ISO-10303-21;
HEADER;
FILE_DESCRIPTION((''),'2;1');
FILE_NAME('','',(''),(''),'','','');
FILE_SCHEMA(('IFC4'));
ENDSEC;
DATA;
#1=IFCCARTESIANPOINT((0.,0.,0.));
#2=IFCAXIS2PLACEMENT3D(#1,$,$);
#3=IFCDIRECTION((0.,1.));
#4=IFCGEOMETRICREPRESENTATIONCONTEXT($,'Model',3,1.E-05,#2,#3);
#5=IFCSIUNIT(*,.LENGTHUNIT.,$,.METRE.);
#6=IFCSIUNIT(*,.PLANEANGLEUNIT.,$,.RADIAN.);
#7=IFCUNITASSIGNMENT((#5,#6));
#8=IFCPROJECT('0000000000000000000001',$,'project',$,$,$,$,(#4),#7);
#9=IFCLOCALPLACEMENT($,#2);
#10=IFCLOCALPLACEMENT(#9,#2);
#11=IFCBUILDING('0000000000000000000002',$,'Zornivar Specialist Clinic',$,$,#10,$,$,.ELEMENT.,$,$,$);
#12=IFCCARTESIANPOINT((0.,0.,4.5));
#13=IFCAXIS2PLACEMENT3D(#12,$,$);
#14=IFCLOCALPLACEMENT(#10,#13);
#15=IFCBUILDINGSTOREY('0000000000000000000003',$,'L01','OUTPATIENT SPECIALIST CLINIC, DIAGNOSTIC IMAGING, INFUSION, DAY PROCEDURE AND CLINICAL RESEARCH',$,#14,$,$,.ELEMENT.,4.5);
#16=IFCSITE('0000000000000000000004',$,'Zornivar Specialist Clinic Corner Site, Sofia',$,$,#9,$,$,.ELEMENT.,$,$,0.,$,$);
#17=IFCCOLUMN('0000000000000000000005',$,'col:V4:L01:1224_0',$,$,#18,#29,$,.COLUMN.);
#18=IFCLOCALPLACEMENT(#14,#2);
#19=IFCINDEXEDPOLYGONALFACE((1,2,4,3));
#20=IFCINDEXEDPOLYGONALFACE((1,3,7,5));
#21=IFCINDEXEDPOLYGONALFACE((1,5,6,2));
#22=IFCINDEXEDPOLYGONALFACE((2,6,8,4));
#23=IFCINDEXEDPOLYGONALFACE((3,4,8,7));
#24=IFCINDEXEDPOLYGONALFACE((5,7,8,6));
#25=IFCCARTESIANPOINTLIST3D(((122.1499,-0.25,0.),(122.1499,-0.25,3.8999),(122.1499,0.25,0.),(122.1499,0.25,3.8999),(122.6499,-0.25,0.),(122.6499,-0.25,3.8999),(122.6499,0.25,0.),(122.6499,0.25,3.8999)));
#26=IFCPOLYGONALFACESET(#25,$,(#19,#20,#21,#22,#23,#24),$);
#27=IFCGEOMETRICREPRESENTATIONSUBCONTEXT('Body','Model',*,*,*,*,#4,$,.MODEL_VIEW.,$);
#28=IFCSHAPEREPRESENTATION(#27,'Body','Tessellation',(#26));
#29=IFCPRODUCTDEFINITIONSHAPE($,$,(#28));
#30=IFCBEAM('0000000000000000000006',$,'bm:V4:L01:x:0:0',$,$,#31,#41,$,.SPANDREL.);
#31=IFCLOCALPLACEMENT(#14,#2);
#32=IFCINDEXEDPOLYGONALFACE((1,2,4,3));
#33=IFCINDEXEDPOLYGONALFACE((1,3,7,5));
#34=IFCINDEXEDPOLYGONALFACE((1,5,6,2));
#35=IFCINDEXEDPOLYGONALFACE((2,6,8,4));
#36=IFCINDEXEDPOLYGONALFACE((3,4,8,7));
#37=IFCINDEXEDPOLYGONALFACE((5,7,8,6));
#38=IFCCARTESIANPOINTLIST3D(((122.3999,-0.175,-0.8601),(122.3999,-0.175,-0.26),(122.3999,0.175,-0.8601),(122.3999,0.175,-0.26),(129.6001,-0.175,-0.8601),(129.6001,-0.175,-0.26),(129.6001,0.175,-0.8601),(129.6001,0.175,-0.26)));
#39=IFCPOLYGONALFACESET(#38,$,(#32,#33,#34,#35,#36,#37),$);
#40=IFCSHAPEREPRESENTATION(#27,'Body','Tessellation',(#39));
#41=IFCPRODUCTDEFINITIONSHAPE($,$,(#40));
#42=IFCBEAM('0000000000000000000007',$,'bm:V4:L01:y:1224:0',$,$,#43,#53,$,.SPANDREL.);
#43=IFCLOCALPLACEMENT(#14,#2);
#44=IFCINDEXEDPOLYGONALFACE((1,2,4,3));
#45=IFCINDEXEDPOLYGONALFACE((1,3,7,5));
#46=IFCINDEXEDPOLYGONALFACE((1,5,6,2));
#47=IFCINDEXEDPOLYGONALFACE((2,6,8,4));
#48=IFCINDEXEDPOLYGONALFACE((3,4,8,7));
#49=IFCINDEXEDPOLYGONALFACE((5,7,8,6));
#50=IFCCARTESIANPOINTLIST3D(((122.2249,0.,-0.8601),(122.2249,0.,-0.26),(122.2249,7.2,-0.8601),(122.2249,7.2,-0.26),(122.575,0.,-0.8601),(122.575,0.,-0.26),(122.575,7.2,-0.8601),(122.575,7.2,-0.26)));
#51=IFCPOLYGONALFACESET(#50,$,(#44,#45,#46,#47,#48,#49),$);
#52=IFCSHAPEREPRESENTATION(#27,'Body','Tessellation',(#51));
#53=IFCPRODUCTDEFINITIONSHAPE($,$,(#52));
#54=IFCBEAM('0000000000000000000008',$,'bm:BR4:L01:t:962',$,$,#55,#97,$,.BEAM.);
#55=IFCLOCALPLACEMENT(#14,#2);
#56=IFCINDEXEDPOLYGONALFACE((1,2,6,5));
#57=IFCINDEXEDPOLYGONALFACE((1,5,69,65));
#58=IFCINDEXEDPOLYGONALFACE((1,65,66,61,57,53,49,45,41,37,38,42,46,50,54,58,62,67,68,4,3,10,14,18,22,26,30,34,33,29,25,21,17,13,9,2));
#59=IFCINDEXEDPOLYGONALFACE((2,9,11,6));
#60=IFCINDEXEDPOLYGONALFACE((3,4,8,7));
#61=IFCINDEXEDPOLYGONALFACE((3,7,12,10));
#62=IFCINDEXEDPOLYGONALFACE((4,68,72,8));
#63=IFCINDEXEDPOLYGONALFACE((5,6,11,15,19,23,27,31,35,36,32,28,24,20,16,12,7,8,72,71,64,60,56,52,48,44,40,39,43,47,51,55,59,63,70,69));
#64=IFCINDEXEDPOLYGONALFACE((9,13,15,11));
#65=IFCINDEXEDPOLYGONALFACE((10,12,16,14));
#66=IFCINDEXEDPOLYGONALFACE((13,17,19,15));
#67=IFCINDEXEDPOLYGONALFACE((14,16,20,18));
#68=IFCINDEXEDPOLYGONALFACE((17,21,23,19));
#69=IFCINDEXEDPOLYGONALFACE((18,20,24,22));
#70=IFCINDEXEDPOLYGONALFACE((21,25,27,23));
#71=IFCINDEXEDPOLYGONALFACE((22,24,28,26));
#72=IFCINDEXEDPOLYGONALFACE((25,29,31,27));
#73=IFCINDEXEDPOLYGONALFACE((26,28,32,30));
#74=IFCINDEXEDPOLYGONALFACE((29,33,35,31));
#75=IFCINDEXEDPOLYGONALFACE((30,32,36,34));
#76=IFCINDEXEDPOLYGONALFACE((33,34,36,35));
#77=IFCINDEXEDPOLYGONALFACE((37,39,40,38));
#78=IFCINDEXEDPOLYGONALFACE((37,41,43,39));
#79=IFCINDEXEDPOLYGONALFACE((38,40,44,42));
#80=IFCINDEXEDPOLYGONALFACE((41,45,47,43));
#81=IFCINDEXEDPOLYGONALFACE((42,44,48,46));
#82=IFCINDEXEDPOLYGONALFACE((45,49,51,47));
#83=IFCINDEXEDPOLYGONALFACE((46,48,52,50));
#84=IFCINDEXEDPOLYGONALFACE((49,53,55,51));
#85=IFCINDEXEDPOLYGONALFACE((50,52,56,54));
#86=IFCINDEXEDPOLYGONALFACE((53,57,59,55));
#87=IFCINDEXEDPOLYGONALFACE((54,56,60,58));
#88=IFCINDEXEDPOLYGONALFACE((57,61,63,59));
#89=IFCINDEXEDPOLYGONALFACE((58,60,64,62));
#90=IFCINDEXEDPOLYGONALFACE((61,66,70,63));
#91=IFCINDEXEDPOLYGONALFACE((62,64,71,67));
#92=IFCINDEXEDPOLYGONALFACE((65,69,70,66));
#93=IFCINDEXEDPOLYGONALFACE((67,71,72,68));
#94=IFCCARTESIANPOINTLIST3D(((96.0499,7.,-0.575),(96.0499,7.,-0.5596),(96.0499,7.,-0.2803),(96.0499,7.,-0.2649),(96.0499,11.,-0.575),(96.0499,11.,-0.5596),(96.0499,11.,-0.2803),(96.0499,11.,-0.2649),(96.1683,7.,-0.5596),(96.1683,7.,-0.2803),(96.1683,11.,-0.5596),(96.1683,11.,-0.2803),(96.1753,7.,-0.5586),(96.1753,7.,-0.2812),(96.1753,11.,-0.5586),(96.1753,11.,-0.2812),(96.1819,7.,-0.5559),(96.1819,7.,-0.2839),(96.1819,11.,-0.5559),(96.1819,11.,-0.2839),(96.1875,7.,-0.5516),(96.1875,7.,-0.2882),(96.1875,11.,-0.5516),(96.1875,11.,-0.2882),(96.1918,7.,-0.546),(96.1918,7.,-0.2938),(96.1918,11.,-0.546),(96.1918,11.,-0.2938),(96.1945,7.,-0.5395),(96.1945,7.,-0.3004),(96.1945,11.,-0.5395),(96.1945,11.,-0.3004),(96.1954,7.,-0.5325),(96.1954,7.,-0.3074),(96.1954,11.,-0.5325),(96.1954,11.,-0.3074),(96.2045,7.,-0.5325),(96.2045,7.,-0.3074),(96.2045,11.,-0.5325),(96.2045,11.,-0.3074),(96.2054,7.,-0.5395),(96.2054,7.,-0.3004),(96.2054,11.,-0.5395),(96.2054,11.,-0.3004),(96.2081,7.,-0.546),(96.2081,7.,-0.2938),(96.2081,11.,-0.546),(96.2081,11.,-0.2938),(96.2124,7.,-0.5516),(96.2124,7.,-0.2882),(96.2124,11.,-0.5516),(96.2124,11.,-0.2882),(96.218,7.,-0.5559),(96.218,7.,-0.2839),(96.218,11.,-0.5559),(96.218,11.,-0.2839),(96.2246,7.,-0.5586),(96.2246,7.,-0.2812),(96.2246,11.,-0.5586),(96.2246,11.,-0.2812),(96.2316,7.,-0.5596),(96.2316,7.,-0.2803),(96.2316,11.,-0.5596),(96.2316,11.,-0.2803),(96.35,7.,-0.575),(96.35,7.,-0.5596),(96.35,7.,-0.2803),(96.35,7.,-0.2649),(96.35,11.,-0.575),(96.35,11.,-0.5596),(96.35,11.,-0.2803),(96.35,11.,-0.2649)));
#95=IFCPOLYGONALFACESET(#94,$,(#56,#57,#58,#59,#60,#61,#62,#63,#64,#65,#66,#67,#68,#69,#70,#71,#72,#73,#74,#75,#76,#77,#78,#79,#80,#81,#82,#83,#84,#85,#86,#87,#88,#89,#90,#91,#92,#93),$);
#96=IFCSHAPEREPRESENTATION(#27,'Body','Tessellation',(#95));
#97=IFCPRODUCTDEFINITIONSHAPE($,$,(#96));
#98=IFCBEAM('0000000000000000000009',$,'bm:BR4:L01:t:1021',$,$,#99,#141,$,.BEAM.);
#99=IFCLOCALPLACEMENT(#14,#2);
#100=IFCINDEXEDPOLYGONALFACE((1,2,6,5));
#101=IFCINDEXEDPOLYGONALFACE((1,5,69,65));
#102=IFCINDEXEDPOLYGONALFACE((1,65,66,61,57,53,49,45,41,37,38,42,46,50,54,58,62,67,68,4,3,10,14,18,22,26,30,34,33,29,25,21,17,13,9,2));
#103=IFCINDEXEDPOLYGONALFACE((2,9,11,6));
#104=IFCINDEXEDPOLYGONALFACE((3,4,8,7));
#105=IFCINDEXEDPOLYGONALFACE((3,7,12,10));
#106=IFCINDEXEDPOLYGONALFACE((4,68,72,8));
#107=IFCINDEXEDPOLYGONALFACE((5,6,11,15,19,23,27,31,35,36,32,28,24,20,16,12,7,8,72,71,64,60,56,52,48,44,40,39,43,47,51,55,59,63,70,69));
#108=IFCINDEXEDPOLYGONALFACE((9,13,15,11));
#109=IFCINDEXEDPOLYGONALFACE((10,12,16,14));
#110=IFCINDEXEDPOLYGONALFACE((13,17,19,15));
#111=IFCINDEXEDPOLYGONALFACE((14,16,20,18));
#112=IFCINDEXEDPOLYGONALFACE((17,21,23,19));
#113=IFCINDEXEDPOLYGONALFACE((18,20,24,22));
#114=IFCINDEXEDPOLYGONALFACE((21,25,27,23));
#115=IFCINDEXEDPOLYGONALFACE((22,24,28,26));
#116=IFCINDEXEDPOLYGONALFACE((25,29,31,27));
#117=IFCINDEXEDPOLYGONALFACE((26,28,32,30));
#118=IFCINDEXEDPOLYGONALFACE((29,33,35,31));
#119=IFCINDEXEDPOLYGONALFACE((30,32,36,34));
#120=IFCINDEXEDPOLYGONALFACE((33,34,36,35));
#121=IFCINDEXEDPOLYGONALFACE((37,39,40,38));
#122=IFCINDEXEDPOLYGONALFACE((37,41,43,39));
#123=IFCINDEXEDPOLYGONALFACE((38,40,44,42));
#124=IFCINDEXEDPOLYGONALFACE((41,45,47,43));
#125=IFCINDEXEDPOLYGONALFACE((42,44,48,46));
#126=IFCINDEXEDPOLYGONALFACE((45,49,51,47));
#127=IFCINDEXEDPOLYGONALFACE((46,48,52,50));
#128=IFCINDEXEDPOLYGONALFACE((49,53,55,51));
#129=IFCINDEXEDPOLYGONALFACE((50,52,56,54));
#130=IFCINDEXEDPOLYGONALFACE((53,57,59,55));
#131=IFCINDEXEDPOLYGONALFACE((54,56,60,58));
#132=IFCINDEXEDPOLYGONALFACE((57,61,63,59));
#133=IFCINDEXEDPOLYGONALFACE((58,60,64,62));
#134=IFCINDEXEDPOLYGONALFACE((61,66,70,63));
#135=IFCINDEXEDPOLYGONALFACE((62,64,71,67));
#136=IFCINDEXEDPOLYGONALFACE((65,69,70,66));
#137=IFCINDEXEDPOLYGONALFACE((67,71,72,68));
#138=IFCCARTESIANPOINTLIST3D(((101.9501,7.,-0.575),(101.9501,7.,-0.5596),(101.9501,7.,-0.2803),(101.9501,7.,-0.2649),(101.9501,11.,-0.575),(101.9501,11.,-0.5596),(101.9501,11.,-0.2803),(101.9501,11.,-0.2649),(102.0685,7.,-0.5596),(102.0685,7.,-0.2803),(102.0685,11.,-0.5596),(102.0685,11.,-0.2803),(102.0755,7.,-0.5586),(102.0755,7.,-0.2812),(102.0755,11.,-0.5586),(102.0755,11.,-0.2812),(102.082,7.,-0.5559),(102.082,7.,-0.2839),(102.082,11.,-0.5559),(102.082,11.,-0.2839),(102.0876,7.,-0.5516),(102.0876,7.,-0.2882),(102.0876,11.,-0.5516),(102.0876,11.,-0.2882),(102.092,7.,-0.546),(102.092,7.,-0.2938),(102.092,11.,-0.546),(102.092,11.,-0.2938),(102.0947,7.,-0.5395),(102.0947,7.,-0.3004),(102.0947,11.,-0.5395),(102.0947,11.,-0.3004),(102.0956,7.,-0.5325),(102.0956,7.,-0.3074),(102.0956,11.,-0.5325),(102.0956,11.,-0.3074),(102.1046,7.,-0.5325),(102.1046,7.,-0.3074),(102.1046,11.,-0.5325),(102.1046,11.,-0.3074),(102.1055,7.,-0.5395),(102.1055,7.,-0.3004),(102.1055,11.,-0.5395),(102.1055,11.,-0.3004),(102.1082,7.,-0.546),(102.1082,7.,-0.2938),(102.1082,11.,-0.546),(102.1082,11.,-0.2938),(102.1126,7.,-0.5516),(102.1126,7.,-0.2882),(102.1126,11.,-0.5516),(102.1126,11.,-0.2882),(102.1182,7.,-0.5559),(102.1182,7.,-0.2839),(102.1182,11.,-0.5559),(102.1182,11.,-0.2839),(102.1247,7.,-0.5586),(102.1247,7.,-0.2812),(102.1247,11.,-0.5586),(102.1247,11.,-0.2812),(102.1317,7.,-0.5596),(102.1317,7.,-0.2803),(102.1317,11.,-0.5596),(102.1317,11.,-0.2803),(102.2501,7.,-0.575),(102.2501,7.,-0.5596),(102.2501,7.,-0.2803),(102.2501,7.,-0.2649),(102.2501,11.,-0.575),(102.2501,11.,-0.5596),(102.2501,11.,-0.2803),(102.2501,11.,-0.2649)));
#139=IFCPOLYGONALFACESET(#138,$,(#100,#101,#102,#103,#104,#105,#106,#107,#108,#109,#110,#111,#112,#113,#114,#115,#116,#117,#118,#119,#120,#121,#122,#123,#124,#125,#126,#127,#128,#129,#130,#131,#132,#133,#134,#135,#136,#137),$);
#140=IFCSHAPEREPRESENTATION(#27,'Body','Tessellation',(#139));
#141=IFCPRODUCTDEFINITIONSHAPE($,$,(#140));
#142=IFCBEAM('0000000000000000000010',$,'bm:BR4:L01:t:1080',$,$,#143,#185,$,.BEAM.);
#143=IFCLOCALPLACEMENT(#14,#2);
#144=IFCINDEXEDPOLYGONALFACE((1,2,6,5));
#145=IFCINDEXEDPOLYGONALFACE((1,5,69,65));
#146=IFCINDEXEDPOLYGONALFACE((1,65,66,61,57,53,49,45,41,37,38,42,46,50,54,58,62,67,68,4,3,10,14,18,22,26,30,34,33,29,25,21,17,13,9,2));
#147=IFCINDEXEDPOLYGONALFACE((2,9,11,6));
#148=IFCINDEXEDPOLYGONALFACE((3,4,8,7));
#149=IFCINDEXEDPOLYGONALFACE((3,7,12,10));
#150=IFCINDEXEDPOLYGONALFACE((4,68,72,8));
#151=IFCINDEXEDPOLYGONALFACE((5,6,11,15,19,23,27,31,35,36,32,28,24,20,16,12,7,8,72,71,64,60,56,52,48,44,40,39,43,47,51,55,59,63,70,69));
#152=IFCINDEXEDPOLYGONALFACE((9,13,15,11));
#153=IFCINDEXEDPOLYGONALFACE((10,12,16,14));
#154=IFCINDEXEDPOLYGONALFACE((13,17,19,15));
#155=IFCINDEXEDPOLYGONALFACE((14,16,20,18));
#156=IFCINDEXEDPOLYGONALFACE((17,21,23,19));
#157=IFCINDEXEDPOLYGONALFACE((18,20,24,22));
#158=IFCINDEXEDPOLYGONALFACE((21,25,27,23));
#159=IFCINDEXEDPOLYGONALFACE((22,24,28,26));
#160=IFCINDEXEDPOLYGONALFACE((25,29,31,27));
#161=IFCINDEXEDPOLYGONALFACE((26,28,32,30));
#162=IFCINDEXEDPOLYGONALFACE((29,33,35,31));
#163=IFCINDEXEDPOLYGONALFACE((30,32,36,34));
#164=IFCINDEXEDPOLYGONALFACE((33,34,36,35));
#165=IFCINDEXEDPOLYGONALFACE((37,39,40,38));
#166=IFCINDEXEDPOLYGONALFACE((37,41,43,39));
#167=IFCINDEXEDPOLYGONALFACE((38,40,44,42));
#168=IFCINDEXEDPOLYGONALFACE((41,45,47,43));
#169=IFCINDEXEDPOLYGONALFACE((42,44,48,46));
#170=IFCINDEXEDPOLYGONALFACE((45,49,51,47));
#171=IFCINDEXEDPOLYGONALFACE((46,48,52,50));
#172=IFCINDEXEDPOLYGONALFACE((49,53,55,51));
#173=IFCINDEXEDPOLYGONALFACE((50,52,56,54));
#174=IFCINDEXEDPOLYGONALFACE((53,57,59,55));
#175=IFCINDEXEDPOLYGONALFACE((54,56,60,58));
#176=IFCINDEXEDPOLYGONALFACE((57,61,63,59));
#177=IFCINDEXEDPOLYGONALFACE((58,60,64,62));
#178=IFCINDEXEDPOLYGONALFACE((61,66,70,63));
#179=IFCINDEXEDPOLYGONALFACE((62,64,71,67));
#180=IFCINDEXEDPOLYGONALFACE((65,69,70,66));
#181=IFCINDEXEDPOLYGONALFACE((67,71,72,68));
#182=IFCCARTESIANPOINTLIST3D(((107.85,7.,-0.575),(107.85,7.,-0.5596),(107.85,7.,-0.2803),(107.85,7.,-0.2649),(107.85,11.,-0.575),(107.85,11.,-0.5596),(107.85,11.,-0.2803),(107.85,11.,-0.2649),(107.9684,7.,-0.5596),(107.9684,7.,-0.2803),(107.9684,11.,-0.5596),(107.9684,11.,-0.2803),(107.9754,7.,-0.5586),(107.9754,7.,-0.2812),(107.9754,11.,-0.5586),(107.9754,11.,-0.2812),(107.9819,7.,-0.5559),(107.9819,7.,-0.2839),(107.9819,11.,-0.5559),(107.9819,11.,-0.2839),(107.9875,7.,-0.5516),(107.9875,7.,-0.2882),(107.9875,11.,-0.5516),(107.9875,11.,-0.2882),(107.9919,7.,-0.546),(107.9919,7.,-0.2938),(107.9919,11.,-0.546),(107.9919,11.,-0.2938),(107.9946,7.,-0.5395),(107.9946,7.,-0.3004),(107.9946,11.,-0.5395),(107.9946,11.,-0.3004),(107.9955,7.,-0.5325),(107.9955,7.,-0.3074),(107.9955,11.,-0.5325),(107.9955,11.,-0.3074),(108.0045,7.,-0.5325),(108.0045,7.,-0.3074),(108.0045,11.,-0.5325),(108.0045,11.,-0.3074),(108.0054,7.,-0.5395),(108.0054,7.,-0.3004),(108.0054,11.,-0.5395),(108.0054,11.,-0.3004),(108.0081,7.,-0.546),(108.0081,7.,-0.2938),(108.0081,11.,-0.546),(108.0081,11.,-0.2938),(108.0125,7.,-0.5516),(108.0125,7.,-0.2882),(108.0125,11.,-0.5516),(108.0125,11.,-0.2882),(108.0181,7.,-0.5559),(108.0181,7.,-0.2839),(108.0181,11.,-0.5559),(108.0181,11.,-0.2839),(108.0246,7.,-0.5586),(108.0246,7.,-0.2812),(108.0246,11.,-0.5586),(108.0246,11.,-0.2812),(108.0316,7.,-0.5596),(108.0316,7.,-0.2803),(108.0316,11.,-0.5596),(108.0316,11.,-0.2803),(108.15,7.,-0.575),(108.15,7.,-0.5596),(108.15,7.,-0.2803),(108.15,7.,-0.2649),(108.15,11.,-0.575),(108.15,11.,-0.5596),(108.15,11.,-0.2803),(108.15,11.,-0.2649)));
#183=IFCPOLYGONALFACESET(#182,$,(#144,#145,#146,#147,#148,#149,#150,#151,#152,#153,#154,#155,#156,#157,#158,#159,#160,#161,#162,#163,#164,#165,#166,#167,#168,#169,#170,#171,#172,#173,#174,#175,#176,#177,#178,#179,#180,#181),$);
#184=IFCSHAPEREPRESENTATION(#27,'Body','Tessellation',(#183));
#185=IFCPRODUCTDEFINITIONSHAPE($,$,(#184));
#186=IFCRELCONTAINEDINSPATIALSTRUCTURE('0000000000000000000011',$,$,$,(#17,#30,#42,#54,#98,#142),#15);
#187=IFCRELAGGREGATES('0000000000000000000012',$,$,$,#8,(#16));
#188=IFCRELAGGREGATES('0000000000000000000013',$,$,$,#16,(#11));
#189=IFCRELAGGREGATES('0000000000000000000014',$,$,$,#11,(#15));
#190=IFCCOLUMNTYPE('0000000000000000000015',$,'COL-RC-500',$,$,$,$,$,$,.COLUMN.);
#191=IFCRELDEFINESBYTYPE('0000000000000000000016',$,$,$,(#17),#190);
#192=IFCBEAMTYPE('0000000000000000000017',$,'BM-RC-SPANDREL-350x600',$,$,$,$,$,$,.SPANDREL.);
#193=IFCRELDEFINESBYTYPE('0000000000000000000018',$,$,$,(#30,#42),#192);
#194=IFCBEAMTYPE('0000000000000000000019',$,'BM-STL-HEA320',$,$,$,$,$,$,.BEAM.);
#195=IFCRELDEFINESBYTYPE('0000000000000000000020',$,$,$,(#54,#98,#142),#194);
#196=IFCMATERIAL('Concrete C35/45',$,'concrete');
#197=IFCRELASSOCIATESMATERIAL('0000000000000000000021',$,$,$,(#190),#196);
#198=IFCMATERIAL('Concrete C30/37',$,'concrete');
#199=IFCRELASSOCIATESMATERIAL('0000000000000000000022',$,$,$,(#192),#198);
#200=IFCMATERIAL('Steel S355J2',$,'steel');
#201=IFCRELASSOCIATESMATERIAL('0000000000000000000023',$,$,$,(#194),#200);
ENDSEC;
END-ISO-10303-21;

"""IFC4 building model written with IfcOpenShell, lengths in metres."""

from ifc_helpers import new_model, si_unit, direction, frame, origin, origin_2d, place, context, subcontext, project, spatial, rectangle, i_section, extrude, material, material_profile, profile_set, type_object, element, save


model = new_model("IFC4")

# Units and contexts
model_context = context("Model", 3, precision=1e-05, world=origin(), true_north=direction((0.0, 1.0)))
body_context = subcontext(model_context, "Body", "Model", "MODEL_VIEW")
ifc_project = project(units=[si_unit("LENGTHUNIT", "METRE"), si_unit("PLANEANGLEUNIT", "RADIAN")], contexts=[model_context])

# Site, building, storey
site_placement = place(None, origin())
site = spatial("IfcSite", under=ifc_project, at=site_placement, Name="Zornivar Specialist Clinic Corner Site, Sofia", CompositionType="ELEMENT", RefElevation=0.0)
building_placement = place(site_placement, origin())
building = spatial("IfcBuilding", under=site, at=building_placement, Name="Zornivar Specialist Clinic", CompositionType="ELEMENT")
storey_placement = place(building_placement, frame((0.0, 0.0, 4.5)))
storey = spatial("IfcBuildingStorey", under=building, at=storey_placement, Name="L01", Description="OUTPATIENT SPECIALIST CLINIC, DIAGNOSTIC IMAGING, INFUSION, DAY PROCEDURE AND CLINICAL RESEARCH", CompositionType="ELEMENT", Elevation=4.5)

# Column
ifc_material_1 = material(Name="Concrete C35/45", Category="concrete")
ifc_material_profile_1 = material_profile(ifc_material_1, rectangle(XDim=0.5, YDim=0.5, at=origin_2d()), Name="RC 500x500")
ifc_profile_set_1 = profile_set([ifc_material_profile_1], Name="Concrete C35/45")
column_type = type_object("IfcColumnType", Name="COL-RC-500", PredefinedType="COLUMN", material=ifc_profile_set_1)
column_placement = place(storey_placement, frame((122.3999, 0.0, 0.0), z_axis=(0.0, 0.0, 1.0), x_axis=(1.0, 0.0, 0.0)))
element("IfcColumn", 1, at=column_placement, inside=storey, type_object=column_type, Name="col:V4:L01:1224_0", PredefinedType="COLUMN", context=body_context, shape_type="SweptSolid", body=[
    extrude(rectangle(XDim=0.5, YDim=0.5, at=origin_2d()), origin(), (0.0, 0.0, 1.0), 3.8999),
])

# Beams
ifc_material_2 = material(Name="Concrete C30/37", Category="concrete")
ifc_material_profile_2 = material_profile(ifc_material_2, rectangle(XDim=0.3501, YDim=0.6001, at=origin_2d()), Name="RC 350x600")
ifc_profile_set_2 = profile_set([ifc_material_profile_2], Name="Concrete C30/37")
beam_type_1 = type_object("IfcBeamType", Name="BM-RC-SPANDREL-350x600", PredefinedType="SPANDREL", material=ifc_profile_set_2)
beam_1_placement = place(storey_placement, frame((122.3999, 0.0, -0.5601), z_axis=(1.0, 0.0, 0.0), x_axis=(0.0, 1.0, 0.0)))
element("IfcBeam", 2, at=beam_1_placement, inside=storey, type_object=beam_type_1, Name="bm:V4:L01:x:0:0", PredefinedType="SPANDREL", context=body_context, shape_type="SweptSolid", body=[
    extrude(rectangle(XDim=0.3501, YDim=0.6001, at=origin_2d()), origin(), (0.0, 0.0, 1.0), 7.2002),
])
beam_2_placement = place(storey_placement, frame((122.3999, 0.0, -0.5601), z_axis=(0.0, 1.0, 0.0), x_axis=(-1.0, 0.0, 0.0)))
element("IfcBeam", 3, at=beam_2_placement, inside=storey, type_object=beam_type_1, Name="bm:V4:L01:y:1224:0", PredefinedType="SPANDREL", context=body_context, shape_type="SweptSolid", body=[
    extrude(rectangle(XDim=0.3501, YDim=0.6001, at=origin_2d()), origin(), (0.0, 0.0, 1.0), 7.2),
])
ifc_material_3 = material(Name="Steel S355J2", Category="steel")
ifc_material_profile_3 = material_profile(ifc_material_3, i_section(OverallWidth=0.3, OverallDepth=0.3101, WebThickness=0.009, FlangeThickness=0.0154, FilletRadius=0.0271, at=origin_2d()), Name="HEA 320")
ifc_profile_set_3 = profile_set([ifc_material_profile_3], Name="Steel S355J2")
beam_type_2 = type_object("IfcBeamType", Name="BM-STL-HEA320", PredefinedType="BEAM", material=ifc_profile_set_3)
for number, where, z_axis, x_axis, name in (
    (4, (96.2, 7.0, -0.4199), (0.0, 1.0, 0.0), (-1.0, 0.0, 0.0), "bm:BR4:L01:t:962"),
    (5, (102.1001, 7.0, -0.4199), (0.0, 1.0, 0.0), (-1.0, 0.0, 0.0), "bm:BR4:L01:t:1021"),
    (6, (108.0, 7.0, -0.4199), (0.0, 1.0, 0.0), (-1.0, 0.0, 0.0), "bm:BR4:L01:t:1080"),
):
    element("IfcBeam", number, at=place(storey_placement, frame(where, z_axis=z_axis, x_axis=x_axis)), inside=storey, type_object=beam_type_2, Name=name, PredefinedType="BEAM", context=body_context, shape_type="SweptSolid", body=[
        extrude(i_section(OverallWidth=0.3, OverallDepth=0.3101, WebThickness=0.009, FlangeThickness=0.0154, FilletRadius=0.0271, at=origin_2d()), origin(), (0.0, 0.0, 1.0), 4.0),
    ])

save(model, "model.ifc")
